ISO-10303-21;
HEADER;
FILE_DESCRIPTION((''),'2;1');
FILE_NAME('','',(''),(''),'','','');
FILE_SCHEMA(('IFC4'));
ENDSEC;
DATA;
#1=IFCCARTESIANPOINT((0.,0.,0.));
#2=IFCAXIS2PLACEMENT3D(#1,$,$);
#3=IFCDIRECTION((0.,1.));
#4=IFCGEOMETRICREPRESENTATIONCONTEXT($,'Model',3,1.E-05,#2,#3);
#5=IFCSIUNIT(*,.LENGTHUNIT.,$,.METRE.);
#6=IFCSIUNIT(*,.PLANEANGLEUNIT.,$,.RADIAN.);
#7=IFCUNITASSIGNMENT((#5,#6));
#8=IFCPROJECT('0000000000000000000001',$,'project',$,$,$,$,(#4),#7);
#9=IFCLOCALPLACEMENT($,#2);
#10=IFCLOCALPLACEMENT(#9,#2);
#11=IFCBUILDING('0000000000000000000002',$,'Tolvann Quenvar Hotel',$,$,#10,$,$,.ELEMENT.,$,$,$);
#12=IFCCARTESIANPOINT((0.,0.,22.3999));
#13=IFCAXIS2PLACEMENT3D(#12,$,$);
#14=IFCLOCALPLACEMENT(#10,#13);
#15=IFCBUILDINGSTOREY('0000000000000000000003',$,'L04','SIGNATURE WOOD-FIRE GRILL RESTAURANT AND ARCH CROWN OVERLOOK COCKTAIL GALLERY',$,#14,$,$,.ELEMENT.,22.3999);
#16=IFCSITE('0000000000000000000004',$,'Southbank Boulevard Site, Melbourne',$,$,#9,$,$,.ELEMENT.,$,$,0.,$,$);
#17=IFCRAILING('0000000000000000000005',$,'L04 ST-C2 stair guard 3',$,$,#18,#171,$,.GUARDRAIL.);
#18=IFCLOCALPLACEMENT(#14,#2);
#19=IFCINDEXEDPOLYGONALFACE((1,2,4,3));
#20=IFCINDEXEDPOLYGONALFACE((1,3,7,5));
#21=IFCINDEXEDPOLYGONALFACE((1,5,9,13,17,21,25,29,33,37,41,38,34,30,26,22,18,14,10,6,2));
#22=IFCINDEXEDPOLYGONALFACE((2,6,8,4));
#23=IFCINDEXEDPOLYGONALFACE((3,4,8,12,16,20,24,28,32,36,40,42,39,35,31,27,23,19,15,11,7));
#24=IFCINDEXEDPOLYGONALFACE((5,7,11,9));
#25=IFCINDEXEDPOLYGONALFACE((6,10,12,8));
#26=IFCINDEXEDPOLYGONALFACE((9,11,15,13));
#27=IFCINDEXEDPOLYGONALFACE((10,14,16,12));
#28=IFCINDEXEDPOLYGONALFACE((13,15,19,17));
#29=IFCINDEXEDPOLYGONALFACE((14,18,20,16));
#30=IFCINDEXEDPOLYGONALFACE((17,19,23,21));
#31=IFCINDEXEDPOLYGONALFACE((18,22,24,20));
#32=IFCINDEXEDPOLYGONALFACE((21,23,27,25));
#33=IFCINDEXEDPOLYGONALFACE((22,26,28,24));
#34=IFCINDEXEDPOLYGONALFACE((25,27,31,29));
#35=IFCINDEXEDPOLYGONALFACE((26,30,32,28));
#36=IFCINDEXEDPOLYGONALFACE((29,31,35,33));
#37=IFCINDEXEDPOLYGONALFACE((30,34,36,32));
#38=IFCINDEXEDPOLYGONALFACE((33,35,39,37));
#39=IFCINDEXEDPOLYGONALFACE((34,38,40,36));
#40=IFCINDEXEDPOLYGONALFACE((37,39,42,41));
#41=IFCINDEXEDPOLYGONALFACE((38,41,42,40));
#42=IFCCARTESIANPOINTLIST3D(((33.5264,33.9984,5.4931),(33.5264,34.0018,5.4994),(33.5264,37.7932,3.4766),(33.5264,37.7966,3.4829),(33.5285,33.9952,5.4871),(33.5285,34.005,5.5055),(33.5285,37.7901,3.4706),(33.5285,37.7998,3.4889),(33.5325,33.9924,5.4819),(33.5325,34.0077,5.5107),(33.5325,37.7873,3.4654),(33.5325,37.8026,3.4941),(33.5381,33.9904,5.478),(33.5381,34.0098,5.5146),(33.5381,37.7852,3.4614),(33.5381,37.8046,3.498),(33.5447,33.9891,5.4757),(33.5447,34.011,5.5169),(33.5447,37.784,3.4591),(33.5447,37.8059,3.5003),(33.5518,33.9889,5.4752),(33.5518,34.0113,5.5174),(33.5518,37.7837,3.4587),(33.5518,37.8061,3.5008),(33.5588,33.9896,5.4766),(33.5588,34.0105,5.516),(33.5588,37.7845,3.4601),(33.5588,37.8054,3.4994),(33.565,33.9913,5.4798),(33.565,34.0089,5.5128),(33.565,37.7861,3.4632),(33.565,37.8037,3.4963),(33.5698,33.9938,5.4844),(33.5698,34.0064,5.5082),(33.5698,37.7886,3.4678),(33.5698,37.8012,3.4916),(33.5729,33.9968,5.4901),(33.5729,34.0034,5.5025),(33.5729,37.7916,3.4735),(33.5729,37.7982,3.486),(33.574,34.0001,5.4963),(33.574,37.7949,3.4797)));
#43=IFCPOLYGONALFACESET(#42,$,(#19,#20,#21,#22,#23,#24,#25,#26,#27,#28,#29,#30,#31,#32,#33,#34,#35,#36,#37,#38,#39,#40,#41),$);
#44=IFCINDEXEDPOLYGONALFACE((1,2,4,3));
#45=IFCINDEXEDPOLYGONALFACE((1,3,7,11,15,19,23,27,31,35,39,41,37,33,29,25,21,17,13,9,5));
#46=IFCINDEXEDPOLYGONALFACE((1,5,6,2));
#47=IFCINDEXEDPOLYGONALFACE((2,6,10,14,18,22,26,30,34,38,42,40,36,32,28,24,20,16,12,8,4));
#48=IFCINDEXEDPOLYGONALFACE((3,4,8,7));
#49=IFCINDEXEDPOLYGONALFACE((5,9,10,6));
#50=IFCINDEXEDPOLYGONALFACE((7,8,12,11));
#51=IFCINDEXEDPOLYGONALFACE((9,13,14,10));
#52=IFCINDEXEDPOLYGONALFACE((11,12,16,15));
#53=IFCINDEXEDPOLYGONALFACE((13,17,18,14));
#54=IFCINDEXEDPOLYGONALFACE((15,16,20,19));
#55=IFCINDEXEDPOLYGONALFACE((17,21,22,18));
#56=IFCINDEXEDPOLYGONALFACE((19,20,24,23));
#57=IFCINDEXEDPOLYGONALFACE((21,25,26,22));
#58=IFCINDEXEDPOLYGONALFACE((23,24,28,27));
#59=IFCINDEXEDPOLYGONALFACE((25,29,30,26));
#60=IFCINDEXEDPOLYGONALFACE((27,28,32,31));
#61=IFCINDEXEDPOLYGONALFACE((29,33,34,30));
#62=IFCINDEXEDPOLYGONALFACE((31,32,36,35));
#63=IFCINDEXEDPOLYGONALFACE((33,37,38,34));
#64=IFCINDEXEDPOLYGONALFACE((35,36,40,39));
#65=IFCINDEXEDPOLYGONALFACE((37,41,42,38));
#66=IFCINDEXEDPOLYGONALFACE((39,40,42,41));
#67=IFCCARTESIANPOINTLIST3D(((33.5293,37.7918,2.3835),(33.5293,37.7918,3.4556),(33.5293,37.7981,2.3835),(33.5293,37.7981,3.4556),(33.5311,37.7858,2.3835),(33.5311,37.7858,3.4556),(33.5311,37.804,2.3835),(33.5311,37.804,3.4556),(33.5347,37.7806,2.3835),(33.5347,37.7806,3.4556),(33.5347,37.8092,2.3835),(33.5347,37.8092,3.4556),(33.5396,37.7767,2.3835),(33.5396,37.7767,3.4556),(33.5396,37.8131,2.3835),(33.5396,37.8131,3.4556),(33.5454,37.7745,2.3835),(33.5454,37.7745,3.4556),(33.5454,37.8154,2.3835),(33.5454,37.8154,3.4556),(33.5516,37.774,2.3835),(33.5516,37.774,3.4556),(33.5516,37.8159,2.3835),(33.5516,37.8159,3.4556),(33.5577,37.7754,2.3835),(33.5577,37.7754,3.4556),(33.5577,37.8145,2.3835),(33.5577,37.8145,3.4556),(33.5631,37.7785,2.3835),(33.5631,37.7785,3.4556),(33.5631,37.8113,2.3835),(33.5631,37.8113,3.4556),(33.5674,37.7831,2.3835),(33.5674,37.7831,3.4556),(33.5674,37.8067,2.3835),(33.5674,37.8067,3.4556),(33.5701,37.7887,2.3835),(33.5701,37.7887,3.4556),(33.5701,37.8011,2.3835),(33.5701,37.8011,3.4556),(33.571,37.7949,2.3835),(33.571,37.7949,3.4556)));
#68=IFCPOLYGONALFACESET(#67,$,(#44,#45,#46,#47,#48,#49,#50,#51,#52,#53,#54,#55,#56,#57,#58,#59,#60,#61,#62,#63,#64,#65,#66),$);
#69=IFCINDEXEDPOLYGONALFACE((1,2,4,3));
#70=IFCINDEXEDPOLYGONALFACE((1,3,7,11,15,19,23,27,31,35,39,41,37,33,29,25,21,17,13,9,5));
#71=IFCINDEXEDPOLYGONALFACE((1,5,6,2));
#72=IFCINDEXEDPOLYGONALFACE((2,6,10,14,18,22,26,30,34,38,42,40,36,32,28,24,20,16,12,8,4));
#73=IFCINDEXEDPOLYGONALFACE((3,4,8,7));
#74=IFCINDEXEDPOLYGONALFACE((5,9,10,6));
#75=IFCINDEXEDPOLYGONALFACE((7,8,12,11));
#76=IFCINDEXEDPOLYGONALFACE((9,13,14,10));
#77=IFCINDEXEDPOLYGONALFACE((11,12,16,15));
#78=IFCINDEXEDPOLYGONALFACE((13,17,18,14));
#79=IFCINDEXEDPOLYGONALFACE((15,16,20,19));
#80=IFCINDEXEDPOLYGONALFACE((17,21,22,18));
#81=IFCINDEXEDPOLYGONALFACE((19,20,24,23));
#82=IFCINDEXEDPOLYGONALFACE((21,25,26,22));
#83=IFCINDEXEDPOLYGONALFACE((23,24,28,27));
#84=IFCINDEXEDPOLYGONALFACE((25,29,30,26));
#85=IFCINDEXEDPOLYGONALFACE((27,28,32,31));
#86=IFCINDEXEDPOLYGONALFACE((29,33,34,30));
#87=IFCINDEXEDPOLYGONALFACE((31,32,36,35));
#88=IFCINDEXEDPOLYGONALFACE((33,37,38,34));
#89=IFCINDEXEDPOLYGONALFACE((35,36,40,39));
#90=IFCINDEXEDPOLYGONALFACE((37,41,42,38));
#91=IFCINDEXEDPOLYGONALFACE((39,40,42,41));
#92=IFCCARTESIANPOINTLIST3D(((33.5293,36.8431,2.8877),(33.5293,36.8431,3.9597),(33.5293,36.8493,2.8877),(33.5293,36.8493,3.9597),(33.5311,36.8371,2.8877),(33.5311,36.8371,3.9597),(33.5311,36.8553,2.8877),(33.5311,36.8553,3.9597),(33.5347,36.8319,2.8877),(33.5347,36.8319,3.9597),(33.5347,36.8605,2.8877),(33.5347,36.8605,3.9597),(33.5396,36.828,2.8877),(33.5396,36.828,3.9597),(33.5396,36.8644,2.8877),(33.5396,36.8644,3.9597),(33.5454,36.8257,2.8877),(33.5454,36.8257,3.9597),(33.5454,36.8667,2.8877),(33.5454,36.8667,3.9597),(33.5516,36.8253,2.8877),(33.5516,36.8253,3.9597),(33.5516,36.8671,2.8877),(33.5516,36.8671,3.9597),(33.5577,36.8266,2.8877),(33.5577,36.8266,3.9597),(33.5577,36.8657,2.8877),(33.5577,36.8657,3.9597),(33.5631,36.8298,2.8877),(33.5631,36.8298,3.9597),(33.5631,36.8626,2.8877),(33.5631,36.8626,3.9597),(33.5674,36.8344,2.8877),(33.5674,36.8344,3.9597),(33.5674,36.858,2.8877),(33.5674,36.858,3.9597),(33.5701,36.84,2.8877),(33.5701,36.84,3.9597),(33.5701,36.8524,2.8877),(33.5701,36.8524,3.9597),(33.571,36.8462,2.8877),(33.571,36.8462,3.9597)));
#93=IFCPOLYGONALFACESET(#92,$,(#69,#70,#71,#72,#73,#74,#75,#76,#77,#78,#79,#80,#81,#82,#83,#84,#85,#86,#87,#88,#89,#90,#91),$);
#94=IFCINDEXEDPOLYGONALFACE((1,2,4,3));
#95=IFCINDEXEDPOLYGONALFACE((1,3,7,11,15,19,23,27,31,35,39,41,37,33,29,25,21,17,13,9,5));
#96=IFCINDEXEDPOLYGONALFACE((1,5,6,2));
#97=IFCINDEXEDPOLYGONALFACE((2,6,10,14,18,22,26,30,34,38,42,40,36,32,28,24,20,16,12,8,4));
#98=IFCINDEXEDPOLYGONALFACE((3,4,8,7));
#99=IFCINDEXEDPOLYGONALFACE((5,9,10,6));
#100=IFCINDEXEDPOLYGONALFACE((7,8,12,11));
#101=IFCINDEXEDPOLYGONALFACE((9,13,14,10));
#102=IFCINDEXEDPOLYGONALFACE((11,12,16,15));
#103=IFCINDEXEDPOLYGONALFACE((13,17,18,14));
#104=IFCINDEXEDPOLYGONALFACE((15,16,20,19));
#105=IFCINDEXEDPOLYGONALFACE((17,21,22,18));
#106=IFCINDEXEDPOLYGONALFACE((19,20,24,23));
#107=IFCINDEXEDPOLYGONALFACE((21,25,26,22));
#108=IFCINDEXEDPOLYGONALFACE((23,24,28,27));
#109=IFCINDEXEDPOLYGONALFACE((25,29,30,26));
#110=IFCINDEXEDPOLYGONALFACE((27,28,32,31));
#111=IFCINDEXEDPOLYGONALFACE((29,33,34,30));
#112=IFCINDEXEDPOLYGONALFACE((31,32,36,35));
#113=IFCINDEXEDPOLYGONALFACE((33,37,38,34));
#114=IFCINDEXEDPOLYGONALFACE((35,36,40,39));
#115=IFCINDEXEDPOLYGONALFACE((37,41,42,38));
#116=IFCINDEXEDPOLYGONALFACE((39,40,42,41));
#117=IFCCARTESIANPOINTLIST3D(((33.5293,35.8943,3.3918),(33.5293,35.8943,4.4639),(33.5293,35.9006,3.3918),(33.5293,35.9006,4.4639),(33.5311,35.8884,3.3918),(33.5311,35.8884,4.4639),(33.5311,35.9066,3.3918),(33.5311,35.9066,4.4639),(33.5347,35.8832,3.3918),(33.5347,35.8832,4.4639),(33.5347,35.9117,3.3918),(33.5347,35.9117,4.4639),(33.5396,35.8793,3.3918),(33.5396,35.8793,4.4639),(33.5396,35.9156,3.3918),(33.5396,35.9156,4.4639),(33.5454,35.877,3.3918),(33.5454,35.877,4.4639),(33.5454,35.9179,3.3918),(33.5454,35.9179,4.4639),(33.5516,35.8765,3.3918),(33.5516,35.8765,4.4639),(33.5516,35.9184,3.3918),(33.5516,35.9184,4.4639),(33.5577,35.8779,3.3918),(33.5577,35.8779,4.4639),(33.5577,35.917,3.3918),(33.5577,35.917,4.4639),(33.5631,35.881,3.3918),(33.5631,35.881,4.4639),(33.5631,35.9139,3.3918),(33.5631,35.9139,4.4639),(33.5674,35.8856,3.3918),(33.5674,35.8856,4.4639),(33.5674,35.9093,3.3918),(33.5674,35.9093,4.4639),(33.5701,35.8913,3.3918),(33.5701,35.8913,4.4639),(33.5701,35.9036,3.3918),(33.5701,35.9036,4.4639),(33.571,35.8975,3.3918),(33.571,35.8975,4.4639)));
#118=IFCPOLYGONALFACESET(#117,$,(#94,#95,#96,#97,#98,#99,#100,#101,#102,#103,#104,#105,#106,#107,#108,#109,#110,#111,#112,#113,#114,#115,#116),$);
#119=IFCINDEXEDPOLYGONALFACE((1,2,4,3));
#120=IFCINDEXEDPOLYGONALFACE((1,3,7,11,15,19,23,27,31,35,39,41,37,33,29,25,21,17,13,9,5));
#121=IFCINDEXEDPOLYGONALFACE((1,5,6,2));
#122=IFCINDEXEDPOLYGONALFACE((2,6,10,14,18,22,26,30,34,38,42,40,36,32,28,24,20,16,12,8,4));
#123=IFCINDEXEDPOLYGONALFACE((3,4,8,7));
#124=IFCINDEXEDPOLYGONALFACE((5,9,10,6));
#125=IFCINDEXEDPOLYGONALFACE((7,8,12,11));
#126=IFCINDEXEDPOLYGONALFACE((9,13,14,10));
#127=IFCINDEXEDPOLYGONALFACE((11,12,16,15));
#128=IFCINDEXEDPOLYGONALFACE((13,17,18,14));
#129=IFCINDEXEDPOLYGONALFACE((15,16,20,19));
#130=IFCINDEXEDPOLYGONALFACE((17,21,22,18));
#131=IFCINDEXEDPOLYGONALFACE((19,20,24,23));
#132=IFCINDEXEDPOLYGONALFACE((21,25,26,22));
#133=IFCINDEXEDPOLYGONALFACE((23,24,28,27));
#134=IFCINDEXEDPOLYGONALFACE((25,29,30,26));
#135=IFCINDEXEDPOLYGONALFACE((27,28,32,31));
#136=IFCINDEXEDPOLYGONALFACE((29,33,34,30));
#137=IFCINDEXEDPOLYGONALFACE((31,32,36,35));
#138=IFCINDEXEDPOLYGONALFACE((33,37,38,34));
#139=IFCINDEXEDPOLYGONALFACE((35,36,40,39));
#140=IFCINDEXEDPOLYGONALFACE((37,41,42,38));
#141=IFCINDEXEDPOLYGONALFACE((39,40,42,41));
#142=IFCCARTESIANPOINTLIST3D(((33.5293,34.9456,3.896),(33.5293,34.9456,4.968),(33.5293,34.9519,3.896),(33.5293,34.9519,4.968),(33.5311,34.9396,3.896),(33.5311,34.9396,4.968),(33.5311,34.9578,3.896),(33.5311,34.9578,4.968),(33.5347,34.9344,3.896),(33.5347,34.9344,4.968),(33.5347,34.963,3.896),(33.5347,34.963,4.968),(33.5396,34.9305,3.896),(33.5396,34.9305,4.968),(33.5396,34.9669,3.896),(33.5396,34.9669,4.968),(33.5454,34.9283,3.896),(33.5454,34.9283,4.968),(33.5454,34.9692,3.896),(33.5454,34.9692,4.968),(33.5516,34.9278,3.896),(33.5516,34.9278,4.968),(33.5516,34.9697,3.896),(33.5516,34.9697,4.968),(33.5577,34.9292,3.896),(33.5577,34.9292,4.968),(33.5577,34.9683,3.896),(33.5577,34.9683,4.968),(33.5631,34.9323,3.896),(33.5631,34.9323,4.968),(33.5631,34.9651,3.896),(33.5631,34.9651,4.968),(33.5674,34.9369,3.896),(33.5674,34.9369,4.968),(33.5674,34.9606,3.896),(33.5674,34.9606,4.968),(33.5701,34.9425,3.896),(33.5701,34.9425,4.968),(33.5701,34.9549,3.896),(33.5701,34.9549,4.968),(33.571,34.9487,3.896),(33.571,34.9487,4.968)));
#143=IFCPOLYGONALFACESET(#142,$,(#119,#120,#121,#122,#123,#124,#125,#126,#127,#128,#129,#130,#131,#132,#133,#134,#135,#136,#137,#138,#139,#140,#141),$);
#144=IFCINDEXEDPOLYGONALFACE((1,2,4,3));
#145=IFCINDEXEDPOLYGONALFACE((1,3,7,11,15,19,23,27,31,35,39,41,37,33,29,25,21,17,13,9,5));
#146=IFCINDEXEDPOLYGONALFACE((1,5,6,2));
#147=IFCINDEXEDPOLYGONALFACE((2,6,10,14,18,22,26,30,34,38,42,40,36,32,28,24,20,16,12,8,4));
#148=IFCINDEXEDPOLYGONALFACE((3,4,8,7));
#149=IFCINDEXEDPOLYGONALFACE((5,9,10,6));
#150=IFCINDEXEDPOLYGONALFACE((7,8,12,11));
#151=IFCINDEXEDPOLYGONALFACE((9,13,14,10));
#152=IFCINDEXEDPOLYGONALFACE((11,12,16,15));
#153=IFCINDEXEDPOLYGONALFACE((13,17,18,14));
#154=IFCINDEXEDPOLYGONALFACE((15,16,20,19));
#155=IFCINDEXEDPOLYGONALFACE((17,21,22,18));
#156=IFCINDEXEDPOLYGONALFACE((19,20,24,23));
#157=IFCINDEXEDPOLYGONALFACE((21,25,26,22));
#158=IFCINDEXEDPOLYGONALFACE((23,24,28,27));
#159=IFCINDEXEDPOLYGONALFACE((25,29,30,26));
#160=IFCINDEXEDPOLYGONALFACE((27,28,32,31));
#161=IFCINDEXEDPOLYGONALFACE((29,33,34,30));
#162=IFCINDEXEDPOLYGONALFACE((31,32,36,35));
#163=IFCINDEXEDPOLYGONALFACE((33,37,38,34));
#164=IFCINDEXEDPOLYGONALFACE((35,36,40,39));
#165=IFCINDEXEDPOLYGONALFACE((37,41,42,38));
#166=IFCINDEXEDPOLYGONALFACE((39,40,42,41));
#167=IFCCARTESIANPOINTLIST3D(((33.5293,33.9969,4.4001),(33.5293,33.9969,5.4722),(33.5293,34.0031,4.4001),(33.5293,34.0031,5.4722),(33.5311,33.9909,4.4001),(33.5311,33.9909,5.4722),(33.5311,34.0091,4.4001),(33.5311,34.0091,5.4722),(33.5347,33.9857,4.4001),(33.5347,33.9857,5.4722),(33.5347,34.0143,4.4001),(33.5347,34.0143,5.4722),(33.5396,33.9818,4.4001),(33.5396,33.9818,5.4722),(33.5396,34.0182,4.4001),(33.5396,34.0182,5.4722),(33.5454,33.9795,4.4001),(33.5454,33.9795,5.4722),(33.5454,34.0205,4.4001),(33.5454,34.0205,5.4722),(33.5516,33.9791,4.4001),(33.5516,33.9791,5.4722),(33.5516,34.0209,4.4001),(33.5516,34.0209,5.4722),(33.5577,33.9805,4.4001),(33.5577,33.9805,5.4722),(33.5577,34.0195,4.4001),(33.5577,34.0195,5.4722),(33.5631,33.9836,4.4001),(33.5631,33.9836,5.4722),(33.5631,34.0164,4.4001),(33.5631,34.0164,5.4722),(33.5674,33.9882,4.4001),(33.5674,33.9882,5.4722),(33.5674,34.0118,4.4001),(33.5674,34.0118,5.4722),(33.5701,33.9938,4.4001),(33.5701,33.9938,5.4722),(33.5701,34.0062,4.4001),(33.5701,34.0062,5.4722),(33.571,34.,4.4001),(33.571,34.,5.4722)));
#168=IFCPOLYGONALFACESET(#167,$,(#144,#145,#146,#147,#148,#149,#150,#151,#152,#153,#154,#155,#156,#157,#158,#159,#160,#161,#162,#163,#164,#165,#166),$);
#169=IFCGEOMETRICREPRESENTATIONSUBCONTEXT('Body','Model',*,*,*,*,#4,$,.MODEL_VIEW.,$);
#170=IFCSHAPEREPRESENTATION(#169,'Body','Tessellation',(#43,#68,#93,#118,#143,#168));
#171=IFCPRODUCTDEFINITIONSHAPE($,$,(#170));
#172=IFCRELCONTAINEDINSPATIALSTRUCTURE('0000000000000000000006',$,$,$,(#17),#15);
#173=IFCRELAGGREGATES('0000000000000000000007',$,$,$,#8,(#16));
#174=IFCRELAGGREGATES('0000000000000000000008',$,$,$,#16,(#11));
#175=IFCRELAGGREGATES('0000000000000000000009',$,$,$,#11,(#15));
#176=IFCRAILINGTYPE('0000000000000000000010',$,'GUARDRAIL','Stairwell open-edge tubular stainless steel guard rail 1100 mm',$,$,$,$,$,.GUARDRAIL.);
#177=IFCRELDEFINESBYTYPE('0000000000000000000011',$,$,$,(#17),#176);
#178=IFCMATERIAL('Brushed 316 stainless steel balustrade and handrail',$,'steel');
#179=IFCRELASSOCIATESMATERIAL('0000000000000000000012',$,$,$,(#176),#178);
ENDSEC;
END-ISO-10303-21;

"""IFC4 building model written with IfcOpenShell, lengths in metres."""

from ifc_helpers import new_model, si_unit, direction, frame, origin, origin_2d, place, context, subcontext, project, spatial, circle, extrude, material, type_object, element, save


model = new_model("IFC4")

# Units and contexts
model_context = context("Model", 3, precision=1e-05, world=origin(), true_north=direction((0.0, 1.0)))
body_context = subcontext(model_context, "Body", "Model", "MODEL_VIEW")
ifc_project = project(units=[si_unit("LENGTHUNIT", "METRE"), si_unit("PLANEANGLEUNIT", "RADIAN")], contexts=[model_context])

# Site, building, storey
site_placement = place(None, origin())
site = spatial("IfcSite", under=ifc_project, at=site_placement, Name="Southbank Boulevard Site, Melbourne", CompositionType="ELEMENT", RefElevation=0.0)
building_placement = place(site_placement, origin())
building = spatial("IfcBuilding", under=site, at=building_placement, Name="Tolvann Quenvar Hotel", CompositionType="ELEMENT")
storey_placement = place(building_placement, frame((0.0, 0.0, 22.3999)))
storey = spatial("IfcBuildingStorey", under=building, at=storey_placement, Name="L04", Description="SIGNATURE WOOD-FIRE GRILL RESTAURANT AND ARCH CROWN OVERLOOK COCKTAIL GALLERY", CompositionType="ELEMENT", Elevation=22.3999)

# Railing
ifc_material_1 = material(Name="Brushed 316 stainless steel balustrade and handrail", Category="steel")
railing_type_1 = type_object("IfcRailingType", Name="GUARDRAIL", Description="Stairwell open-edge tubular stainless steel guard rail 1100 mm", PredefinedType="GUARDRAIL", material=ifc_material_1)
railing_1_placement = place(storey_placement, frame((33.55, 37.7949, 2.3835)))
element("IfcRailing", 1, at=railing_1_placement, inside=storey, type_object=railing_type_1, Name="L04 ST-C2 stair guard 3", PredefinedType="GUARDRAIL", context=body_context, shape_type="SweptSolid", body=[
    extrude(circle(Radius=0.0239, at=origin_2d()), frame((0.0, 0.0, 1.0962), z_axis=(0.0, -0.883063, 0.469255), x_axis=(1.0, 0.0, 0.0)), (0.0, 0.0, 1.0), 4.2974),
    extrude(circle(Radius=0.021, at=origin_2d()), origin(), (0.0, 0.0, 1.0), 1.072),
    extrude(circle(Radius=0.021, at=origin_2d()), frame((0.0, -0.9487, 0.5042)), (0.0, 0.0, 1.0), 1.072),
    extrude(circle(Radius=0.021, at=origin_2d()), frame((0.0, -1.8975, 1.0083)), (0.0, 0.0, 1.0), 1.072),
    extrude(circle(Radius=0.021, at=origin_2d()), frame((0.0, -2.8462, 1.5125)), (0.0, 0.0, 1.0), 1.072),
    extrude(circle(Radius=0.021, at=origin_2d()), frame((0.0, -3.7949, 2.0166)), (0.0, 0.0, 1.0), 1.072),
])

save(model, "model.ifc")
